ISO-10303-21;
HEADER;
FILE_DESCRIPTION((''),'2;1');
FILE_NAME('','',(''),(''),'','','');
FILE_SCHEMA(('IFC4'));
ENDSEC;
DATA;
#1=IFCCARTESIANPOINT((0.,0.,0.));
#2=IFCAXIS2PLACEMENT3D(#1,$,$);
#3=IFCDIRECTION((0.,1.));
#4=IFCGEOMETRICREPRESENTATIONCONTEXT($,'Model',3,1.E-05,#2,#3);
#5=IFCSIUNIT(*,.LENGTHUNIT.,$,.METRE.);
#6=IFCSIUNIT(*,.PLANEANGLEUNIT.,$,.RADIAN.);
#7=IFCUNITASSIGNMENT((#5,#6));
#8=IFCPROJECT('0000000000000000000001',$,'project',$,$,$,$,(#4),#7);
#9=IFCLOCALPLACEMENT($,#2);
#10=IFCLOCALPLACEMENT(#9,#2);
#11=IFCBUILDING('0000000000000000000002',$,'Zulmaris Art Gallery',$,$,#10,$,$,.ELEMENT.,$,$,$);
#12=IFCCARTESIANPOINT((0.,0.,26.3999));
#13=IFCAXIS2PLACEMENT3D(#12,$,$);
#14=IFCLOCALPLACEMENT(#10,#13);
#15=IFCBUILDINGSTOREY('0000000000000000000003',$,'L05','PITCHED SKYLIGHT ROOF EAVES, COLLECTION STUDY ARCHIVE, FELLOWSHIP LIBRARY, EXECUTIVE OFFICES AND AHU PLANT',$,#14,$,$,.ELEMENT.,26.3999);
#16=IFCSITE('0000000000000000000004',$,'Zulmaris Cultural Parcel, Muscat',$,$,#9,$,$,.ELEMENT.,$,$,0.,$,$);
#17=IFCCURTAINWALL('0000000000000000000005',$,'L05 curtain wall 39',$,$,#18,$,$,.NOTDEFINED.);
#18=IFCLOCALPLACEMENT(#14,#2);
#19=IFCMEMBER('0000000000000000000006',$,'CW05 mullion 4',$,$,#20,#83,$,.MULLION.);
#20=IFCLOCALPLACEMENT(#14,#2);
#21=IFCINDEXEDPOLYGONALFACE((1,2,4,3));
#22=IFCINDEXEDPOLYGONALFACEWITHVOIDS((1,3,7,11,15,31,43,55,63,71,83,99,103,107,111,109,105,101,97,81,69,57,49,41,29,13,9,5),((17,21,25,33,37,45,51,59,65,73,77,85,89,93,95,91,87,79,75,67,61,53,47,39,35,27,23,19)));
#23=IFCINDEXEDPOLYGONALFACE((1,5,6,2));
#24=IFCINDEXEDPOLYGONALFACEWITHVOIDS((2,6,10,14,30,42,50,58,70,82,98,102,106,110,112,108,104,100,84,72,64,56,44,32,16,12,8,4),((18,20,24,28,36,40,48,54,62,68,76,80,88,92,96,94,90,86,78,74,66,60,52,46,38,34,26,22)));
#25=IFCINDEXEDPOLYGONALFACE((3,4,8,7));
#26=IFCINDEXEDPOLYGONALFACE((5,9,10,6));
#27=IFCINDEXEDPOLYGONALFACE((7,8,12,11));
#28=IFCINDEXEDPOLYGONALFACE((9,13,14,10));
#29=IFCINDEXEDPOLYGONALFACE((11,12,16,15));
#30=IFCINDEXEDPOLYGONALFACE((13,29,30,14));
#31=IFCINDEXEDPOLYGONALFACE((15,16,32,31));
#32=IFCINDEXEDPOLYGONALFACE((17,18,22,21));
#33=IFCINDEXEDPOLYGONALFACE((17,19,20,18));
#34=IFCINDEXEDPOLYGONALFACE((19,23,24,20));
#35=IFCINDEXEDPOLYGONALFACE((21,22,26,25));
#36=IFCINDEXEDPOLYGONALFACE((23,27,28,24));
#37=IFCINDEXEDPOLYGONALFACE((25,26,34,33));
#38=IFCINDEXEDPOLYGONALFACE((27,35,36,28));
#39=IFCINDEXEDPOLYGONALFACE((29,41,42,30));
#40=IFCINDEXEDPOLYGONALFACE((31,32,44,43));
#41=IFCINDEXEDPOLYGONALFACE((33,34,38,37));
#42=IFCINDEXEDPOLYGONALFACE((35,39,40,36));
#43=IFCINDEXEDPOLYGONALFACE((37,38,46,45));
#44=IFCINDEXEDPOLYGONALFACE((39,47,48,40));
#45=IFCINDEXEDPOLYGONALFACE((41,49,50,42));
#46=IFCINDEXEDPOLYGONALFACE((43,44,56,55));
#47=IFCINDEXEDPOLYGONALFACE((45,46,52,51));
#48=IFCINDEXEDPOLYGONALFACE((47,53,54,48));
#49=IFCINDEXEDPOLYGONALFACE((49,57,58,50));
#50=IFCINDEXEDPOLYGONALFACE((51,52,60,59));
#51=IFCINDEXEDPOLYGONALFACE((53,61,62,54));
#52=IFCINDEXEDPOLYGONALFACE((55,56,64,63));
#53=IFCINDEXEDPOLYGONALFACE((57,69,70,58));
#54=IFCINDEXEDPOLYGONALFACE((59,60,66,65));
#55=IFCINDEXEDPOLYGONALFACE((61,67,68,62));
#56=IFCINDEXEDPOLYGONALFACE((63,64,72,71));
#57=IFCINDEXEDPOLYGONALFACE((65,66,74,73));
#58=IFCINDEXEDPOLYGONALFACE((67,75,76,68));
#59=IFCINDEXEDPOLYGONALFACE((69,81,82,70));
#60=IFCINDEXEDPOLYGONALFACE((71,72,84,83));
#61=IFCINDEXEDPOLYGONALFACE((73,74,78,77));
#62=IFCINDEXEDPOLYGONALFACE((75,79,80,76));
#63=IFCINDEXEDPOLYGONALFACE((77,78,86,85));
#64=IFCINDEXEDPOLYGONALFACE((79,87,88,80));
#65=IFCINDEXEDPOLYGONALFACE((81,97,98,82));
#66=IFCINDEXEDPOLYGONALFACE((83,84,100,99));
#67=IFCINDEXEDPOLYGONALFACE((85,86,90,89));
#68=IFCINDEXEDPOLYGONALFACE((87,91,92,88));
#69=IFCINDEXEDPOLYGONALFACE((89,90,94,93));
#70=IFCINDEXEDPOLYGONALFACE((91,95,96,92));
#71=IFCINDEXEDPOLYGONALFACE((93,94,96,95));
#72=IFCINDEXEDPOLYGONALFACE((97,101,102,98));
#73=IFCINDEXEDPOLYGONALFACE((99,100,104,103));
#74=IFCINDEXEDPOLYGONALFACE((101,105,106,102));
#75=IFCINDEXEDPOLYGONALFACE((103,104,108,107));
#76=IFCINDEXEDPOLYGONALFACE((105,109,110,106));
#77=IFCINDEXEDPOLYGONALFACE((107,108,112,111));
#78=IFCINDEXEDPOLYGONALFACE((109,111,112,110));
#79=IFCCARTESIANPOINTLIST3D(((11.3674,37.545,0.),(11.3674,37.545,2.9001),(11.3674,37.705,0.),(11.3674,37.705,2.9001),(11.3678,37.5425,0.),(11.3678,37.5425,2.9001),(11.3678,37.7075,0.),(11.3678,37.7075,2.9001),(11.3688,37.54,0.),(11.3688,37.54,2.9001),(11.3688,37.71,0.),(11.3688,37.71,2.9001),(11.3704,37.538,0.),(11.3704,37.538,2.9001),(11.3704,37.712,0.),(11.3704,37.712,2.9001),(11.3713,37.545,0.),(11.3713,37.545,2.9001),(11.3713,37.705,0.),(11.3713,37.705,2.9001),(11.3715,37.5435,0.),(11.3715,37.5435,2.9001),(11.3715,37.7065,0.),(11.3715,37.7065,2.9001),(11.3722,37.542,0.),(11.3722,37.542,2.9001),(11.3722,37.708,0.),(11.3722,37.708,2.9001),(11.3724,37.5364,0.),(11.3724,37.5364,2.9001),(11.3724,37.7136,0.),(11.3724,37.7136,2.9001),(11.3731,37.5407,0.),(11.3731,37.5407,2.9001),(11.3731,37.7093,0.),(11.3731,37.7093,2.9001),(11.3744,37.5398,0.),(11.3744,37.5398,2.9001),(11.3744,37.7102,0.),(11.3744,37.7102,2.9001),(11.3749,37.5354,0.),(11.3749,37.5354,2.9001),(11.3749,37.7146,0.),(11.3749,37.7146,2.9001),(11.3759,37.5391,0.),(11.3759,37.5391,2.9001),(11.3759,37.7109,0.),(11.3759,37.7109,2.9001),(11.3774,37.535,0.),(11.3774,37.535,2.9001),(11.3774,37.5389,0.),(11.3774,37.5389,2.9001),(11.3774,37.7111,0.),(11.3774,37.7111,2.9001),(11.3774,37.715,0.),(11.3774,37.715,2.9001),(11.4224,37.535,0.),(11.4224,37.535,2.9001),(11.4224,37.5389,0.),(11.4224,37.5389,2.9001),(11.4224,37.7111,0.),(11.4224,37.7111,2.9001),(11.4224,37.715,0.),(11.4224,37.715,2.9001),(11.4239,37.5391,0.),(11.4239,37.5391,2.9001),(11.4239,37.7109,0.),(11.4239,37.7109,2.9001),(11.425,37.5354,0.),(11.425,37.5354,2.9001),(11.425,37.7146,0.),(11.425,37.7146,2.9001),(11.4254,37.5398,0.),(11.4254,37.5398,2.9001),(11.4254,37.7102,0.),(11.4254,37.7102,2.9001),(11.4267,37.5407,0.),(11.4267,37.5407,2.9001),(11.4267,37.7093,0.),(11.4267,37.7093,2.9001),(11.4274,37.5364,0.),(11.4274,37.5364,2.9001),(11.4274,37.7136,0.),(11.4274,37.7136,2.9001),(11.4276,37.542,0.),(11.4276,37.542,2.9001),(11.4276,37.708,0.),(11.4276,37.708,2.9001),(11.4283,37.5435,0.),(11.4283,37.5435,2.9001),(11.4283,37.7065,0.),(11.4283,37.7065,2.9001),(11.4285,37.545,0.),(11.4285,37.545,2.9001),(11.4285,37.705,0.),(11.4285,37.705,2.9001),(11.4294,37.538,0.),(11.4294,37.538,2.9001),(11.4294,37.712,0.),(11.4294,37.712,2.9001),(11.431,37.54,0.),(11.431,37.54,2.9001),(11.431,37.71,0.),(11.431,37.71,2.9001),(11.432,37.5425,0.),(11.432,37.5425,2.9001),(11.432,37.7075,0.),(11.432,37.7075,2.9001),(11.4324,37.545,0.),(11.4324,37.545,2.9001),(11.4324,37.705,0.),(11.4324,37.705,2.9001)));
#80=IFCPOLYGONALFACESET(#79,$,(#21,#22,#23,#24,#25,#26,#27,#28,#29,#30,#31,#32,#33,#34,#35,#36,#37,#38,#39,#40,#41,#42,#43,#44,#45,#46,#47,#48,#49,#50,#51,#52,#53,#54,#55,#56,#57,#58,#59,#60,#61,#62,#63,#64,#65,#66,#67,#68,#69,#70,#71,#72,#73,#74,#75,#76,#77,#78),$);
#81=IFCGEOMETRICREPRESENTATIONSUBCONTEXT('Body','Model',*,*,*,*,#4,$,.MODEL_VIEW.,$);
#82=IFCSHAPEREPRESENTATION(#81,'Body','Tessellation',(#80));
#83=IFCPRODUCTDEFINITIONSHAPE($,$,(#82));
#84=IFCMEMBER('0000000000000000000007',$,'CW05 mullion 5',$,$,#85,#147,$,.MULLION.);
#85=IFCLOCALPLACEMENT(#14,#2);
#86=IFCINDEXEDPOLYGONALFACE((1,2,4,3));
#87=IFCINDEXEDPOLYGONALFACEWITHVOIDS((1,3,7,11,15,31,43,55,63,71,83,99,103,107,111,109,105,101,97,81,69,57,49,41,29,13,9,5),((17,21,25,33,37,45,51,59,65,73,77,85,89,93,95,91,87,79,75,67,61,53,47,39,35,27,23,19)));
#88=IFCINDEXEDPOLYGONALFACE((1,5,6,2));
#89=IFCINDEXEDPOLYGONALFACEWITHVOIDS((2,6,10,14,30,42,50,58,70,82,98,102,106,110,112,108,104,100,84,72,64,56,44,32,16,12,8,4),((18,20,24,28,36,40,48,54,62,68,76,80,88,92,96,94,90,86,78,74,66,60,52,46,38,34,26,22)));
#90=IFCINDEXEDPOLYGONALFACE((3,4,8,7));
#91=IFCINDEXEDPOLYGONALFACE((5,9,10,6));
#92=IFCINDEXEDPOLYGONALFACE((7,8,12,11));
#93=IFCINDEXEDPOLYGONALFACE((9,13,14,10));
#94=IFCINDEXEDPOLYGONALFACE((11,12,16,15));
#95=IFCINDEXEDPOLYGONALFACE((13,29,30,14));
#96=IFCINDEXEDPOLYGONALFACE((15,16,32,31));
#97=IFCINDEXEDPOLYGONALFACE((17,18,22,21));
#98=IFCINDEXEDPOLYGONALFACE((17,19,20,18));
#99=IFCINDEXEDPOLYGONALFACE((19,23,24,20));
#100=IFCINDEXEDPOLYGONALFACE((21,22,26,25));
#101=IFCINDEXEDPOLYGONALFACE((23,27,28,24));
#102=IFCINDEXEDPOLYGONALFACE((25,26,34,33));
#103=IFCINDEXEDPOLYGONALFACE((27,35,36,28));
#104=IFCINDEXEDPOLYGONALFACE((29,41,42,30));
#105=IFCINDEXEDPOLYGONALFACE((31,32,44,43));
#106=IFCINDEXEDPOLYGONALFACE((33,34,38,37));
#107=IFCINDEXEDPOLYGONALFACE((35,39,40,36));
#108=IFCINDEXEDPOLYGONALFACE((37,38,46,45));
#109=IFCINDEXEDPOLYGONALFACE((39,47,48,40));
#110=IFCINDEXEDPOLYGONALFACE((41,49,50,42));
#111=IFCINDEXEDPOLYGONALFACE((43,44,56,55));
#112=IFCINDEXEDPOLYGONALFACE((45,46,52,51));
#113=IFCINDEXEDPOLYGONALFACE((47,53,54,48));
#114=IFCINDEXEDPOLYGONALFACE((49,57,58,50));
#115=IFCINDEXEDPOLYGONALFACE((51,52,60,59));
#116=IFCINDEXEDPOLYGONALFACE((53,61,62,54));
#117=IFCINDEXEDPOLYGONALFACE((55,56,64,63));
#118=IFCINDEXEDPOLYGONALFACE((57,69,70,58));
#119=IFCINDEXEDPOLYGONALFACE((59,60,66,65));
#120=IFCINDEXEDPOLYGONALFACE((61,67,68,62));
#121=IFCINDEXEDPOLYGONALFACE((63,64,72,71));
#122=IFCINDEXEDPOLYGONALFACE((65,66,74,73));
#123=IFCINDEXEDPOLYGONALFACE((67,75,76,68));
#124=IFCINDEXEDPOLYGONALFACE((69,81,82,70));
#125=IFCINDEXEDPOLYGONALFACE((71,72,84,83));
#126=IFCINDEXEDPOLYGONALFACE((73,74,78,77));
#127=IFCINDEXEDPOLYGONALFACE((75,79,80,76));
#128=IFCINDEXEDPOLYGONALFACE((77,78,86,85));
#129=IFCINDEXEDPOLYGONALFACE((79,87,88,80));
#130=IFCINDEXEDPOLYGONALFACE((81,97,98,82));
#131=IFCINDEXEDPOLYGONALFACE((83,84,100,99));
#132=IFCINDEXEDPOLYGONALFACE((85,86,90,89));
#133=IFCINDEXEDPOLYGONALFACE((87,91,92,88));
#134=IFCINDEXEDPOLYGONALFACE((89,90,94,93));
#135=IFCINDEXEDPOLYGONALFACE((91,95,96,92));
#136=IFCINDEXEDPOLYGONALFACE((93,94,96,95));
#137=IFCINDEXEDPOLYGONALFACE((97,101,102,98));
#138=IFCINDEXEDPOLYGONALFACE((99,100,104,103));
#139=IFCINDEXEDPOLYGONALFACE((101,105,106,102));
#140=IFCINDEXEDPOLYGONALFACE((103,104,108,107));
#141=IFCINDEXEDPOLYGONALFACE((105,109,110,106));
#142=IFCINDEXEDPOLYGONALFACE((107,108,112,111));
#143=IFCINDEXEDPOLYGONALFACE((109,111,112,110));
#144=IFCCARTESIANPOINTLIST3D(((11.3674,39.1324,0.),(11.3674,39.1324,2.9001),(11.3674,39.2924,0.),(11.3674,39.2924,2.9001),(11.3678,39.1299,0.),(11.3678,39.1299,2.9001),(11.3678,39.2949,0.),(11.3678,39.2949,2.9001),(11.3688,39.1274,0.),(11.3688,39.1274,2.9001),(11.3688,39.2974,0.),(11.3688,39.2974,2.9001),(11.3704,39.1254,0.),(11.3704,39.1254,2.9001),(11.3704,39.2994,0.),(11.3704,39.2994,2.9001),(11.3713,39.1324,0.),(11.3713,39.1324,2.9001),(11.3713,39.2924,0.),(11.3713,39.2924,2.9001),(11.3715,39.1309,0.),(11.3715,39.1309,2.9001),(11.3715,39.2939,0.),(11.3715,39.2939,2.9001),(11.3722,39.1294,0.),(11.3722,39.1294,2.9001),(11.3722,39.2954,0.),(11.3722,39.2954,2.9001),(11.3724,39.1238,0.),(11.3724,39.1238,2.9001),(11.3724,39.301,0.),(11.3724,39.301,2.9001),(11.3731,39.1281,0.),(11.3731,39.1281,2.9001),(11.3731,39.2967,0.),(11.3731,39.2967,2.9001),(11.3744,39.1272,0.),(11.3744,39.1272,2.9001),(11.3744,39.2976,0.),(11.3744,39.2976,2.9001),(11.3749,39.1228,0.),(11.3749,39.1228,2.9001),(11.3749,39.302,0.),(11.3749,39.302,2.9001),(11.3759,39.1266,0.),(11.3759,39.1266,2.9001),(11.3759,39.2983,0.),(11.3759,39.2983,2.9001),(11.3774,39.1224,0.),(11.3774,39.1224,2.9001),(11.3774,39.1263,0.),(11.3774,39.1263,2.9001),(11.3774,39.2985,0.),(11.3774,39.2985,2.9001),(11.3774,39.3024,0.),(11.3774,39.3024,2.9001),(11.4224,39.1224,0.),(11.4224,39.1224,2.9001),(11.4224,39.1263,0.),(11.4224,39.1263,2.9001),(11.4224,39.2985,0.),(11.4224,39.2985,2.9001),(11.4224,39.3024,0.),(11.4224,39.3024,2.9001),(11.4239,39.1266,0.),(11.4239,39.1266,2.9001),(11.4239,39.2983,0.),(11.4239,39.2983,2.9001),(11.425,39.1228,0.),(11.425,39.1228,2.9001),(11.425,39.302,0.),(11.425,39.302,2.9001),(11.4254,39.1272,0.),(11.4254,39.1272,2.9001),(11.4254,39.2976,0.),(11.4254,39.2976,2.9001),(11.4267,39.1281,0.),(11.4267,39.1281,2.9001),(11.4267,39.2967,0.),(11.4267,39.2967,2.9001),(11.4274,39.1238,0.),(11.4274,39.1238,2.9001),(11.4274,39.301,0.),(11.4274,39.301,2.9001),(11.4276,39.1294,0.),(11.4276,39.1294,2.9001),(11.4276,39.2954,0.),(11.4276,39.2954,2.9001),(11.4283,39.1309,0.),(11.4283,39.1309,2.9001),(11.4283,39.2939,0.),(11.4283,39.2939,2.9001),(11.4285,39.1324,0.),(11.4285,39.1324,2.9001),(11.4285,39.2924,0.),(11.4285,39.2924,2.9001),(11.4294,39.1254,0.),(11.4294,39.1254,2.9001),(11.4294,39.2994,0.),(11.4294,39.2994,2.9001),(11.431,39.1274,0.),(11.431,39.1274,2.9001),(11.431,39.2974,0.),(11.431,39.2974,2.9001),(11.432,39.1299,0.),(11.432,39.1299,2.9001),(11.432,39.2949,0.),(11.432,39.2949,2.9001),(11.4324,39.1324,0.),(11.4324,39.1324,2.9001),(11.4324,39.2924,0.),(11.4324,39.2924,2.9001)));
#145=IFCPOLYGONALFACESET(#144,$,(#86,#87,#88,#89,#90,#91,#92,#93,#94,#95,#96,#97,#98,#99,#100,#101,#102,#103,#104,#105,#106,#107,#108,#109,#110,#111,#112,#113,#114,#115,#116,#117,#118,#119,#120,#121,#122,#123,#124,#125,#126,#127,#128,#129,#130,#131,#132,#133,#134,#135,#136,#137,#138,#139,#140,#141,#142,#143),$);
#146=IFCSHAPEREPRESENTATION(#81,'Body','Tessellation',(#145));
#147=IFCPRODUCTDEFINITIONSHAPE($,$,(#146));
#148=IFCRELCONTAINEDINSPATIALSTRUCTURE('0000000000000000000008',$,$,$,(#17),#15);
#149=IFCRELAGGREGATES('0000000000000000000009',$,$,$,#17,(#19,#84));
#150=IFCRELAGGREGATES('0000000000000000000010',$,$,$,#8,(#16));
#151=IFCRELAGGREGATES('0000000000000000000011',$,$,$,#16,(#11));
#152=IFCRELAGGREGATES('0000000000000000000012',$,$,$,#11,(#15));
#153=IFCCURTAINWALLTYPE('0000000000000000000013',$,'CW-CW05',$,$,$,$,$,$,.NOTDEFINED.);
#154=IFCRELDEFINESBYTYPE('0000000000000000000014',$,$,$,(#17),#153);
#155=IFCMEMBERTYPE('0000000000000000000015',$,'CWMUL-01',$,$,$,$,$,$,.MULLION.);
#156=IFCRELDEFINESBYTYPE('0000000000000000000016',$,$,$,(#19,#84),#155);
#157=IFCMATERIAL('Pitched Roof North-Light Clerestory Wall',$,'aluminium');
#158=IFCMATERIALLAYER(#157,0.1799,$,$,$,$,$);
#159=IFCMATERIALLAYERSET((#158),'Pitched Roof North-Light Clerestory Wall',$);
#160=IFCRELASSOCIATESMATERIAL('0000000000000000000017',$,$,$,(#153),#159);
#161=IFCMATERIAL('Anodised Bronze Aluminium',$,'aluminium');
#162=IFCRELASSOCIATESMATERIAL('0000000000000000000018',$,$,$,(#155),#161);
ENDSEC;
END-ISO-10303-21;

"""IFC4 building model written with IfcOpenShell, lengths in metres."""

from ifc_helpers import new_model, si_unit, direction, frame, origin, origin_2d, place, context, subcontext, project, spatial, hollow_rectangle, extrude, material, layer, layer_set, material_profile, profile_set, type_object, element, aggregate, save


model = new_model("IFC4")

# Units and contexts
model_context = context("Model", 3, precision=1e-05, world=origin(), true_north=direction((0.0, 1.0)))
body_context = subcontext(model_context, "Body", "Model", "MODEL_VIEW")
ifc_project = project(units=[si_unit("LENGTHUNIT", "METRE"), si_unit("PLANEANGLEUNIT", "RADIAN")], contexts=[model_context])

# Site, building, storey
site_placement = place(None, origin())
site = spatial("IfcSite", under=ifc_project, at=site_placement, Name="Zulmaris Cultural Parcel, Muscat", CompositionType="ELEMENT", RefElevation=0.0)
building_placement = place(site_placement, origin())
building = spatial("IfcBuilding", under=site, at=building_placement, Name="Zulmaris Art Gallery", CompositionType="ELEMENT")
storey_placement = place(building_placement, frame((0.0, 0.0, 26.3999)))
storey = spatial("IfcBuildingStorey", under=building, at=storey_placement, Name="L05", Description="PITCHED SKYLIGHT ROOF EAVES, COLLECTION STUDY ARCHIVE, FELLOWSHIP LIBRARY, EXECUTIVE OFFICES AND AHU PLANT", CompositionType="ELEMENT", Elevation=26.3999)

# Curtain wall, members
ifc_material_1 = material(Name="Pitched Roof North-Light Clerestory Wall", Category="aluminium")
ifc_layer_1 = layer(ifc_material_1, 0.1799)
ifc_layer_set_1 = layer_set([ifc_layer_1], Name="Pitched Roof North-Light Clerestory Wall")
curtain_wall_type = type_object("IfcCurtainWallType", Name="CW-CW05", PredefinedType="NOTDEFINED", material=ifc_layer_set_1)
curtain_wall_1_placement = place(storey_placement, origin())
curtain_wall_1 = element("IfcCurtainWall", 1, at=curtain_wall_1_placement, inside=storey, type_object=curtain_wall_type, Name="L05 curtain wall 39", PredefinedType="NOTDEFINED")
ifc_material_2 = material(Name="Anodised Bronze Aluminium", Category="aluminium")
ifc_material_profile_1 = material_profile(ifc_material_2, hollow_rectangle(XDim=0.0649, YDim=0.1799, WallThickness=0.0039, InnerFilletRadius=0.0061, OuterFilletRadius=0.01, at=origin_2d()), Name="ALU 65x180x4")
ifc_profile_set_1 = profile_set([ifc_material_profile_1], Name="Anodised Bronze Aluminium")
member_type_1 = type_object("IfcMemberType", Name="CWMUL-01", PredefinedType="MULLION", material=ifc_profile_set_1)
member_1_placement = place(storey_placement, frame((11.3999, 37.625, 0.0), z_axis=(0.0, 0.0, 1.0), x_axis=(-1.0, 0.0, 0.0)))
member_1 = element("IfcMember", 2, at=member_1_placement, type_object=member_type_1, Name="CW05 mullion 4", PredefinedType="MULLION", context=body_context, shape_type="SweptSolid", body=[
    extrude(hollow_rectangle(XDim=0.0649, YDim=0.1799, WallThickness=0.0039, InnerFilletRadius=0.0061, OuterFilletRadius=0.01, at=origin_2d()), origin(), (0.0, 0.0, 1.0), 2.9001),
])
member_2_placement = place(storey_placement, frame((11.3999, 39.2124, 0.0), z_axis=(0.0, 0.0, 1.0), x_axis=(-1.0, 0.0, 0.0)))
member_2 = element("IfcMember", 3, at=member_2_placement, type_object=member_type_1, Name="CW05 mullion 5", PredefinedType="MULLION", context=body_context, shape_type="SweptSolid", body=[
    extrude(hollow_rectangle(XDim=0.0649, YDim=0.1799, WallThickness=0.0039, InnerFilletRadius=0.0061, OuterFilletRadius=0.01, at=origin_2d()), origin(), (0.0, 0.0, 1.0), 2.9001),
])

aggregate(curtain_wall_1, [member_1, member_2])

save(model, "model.ifc")
